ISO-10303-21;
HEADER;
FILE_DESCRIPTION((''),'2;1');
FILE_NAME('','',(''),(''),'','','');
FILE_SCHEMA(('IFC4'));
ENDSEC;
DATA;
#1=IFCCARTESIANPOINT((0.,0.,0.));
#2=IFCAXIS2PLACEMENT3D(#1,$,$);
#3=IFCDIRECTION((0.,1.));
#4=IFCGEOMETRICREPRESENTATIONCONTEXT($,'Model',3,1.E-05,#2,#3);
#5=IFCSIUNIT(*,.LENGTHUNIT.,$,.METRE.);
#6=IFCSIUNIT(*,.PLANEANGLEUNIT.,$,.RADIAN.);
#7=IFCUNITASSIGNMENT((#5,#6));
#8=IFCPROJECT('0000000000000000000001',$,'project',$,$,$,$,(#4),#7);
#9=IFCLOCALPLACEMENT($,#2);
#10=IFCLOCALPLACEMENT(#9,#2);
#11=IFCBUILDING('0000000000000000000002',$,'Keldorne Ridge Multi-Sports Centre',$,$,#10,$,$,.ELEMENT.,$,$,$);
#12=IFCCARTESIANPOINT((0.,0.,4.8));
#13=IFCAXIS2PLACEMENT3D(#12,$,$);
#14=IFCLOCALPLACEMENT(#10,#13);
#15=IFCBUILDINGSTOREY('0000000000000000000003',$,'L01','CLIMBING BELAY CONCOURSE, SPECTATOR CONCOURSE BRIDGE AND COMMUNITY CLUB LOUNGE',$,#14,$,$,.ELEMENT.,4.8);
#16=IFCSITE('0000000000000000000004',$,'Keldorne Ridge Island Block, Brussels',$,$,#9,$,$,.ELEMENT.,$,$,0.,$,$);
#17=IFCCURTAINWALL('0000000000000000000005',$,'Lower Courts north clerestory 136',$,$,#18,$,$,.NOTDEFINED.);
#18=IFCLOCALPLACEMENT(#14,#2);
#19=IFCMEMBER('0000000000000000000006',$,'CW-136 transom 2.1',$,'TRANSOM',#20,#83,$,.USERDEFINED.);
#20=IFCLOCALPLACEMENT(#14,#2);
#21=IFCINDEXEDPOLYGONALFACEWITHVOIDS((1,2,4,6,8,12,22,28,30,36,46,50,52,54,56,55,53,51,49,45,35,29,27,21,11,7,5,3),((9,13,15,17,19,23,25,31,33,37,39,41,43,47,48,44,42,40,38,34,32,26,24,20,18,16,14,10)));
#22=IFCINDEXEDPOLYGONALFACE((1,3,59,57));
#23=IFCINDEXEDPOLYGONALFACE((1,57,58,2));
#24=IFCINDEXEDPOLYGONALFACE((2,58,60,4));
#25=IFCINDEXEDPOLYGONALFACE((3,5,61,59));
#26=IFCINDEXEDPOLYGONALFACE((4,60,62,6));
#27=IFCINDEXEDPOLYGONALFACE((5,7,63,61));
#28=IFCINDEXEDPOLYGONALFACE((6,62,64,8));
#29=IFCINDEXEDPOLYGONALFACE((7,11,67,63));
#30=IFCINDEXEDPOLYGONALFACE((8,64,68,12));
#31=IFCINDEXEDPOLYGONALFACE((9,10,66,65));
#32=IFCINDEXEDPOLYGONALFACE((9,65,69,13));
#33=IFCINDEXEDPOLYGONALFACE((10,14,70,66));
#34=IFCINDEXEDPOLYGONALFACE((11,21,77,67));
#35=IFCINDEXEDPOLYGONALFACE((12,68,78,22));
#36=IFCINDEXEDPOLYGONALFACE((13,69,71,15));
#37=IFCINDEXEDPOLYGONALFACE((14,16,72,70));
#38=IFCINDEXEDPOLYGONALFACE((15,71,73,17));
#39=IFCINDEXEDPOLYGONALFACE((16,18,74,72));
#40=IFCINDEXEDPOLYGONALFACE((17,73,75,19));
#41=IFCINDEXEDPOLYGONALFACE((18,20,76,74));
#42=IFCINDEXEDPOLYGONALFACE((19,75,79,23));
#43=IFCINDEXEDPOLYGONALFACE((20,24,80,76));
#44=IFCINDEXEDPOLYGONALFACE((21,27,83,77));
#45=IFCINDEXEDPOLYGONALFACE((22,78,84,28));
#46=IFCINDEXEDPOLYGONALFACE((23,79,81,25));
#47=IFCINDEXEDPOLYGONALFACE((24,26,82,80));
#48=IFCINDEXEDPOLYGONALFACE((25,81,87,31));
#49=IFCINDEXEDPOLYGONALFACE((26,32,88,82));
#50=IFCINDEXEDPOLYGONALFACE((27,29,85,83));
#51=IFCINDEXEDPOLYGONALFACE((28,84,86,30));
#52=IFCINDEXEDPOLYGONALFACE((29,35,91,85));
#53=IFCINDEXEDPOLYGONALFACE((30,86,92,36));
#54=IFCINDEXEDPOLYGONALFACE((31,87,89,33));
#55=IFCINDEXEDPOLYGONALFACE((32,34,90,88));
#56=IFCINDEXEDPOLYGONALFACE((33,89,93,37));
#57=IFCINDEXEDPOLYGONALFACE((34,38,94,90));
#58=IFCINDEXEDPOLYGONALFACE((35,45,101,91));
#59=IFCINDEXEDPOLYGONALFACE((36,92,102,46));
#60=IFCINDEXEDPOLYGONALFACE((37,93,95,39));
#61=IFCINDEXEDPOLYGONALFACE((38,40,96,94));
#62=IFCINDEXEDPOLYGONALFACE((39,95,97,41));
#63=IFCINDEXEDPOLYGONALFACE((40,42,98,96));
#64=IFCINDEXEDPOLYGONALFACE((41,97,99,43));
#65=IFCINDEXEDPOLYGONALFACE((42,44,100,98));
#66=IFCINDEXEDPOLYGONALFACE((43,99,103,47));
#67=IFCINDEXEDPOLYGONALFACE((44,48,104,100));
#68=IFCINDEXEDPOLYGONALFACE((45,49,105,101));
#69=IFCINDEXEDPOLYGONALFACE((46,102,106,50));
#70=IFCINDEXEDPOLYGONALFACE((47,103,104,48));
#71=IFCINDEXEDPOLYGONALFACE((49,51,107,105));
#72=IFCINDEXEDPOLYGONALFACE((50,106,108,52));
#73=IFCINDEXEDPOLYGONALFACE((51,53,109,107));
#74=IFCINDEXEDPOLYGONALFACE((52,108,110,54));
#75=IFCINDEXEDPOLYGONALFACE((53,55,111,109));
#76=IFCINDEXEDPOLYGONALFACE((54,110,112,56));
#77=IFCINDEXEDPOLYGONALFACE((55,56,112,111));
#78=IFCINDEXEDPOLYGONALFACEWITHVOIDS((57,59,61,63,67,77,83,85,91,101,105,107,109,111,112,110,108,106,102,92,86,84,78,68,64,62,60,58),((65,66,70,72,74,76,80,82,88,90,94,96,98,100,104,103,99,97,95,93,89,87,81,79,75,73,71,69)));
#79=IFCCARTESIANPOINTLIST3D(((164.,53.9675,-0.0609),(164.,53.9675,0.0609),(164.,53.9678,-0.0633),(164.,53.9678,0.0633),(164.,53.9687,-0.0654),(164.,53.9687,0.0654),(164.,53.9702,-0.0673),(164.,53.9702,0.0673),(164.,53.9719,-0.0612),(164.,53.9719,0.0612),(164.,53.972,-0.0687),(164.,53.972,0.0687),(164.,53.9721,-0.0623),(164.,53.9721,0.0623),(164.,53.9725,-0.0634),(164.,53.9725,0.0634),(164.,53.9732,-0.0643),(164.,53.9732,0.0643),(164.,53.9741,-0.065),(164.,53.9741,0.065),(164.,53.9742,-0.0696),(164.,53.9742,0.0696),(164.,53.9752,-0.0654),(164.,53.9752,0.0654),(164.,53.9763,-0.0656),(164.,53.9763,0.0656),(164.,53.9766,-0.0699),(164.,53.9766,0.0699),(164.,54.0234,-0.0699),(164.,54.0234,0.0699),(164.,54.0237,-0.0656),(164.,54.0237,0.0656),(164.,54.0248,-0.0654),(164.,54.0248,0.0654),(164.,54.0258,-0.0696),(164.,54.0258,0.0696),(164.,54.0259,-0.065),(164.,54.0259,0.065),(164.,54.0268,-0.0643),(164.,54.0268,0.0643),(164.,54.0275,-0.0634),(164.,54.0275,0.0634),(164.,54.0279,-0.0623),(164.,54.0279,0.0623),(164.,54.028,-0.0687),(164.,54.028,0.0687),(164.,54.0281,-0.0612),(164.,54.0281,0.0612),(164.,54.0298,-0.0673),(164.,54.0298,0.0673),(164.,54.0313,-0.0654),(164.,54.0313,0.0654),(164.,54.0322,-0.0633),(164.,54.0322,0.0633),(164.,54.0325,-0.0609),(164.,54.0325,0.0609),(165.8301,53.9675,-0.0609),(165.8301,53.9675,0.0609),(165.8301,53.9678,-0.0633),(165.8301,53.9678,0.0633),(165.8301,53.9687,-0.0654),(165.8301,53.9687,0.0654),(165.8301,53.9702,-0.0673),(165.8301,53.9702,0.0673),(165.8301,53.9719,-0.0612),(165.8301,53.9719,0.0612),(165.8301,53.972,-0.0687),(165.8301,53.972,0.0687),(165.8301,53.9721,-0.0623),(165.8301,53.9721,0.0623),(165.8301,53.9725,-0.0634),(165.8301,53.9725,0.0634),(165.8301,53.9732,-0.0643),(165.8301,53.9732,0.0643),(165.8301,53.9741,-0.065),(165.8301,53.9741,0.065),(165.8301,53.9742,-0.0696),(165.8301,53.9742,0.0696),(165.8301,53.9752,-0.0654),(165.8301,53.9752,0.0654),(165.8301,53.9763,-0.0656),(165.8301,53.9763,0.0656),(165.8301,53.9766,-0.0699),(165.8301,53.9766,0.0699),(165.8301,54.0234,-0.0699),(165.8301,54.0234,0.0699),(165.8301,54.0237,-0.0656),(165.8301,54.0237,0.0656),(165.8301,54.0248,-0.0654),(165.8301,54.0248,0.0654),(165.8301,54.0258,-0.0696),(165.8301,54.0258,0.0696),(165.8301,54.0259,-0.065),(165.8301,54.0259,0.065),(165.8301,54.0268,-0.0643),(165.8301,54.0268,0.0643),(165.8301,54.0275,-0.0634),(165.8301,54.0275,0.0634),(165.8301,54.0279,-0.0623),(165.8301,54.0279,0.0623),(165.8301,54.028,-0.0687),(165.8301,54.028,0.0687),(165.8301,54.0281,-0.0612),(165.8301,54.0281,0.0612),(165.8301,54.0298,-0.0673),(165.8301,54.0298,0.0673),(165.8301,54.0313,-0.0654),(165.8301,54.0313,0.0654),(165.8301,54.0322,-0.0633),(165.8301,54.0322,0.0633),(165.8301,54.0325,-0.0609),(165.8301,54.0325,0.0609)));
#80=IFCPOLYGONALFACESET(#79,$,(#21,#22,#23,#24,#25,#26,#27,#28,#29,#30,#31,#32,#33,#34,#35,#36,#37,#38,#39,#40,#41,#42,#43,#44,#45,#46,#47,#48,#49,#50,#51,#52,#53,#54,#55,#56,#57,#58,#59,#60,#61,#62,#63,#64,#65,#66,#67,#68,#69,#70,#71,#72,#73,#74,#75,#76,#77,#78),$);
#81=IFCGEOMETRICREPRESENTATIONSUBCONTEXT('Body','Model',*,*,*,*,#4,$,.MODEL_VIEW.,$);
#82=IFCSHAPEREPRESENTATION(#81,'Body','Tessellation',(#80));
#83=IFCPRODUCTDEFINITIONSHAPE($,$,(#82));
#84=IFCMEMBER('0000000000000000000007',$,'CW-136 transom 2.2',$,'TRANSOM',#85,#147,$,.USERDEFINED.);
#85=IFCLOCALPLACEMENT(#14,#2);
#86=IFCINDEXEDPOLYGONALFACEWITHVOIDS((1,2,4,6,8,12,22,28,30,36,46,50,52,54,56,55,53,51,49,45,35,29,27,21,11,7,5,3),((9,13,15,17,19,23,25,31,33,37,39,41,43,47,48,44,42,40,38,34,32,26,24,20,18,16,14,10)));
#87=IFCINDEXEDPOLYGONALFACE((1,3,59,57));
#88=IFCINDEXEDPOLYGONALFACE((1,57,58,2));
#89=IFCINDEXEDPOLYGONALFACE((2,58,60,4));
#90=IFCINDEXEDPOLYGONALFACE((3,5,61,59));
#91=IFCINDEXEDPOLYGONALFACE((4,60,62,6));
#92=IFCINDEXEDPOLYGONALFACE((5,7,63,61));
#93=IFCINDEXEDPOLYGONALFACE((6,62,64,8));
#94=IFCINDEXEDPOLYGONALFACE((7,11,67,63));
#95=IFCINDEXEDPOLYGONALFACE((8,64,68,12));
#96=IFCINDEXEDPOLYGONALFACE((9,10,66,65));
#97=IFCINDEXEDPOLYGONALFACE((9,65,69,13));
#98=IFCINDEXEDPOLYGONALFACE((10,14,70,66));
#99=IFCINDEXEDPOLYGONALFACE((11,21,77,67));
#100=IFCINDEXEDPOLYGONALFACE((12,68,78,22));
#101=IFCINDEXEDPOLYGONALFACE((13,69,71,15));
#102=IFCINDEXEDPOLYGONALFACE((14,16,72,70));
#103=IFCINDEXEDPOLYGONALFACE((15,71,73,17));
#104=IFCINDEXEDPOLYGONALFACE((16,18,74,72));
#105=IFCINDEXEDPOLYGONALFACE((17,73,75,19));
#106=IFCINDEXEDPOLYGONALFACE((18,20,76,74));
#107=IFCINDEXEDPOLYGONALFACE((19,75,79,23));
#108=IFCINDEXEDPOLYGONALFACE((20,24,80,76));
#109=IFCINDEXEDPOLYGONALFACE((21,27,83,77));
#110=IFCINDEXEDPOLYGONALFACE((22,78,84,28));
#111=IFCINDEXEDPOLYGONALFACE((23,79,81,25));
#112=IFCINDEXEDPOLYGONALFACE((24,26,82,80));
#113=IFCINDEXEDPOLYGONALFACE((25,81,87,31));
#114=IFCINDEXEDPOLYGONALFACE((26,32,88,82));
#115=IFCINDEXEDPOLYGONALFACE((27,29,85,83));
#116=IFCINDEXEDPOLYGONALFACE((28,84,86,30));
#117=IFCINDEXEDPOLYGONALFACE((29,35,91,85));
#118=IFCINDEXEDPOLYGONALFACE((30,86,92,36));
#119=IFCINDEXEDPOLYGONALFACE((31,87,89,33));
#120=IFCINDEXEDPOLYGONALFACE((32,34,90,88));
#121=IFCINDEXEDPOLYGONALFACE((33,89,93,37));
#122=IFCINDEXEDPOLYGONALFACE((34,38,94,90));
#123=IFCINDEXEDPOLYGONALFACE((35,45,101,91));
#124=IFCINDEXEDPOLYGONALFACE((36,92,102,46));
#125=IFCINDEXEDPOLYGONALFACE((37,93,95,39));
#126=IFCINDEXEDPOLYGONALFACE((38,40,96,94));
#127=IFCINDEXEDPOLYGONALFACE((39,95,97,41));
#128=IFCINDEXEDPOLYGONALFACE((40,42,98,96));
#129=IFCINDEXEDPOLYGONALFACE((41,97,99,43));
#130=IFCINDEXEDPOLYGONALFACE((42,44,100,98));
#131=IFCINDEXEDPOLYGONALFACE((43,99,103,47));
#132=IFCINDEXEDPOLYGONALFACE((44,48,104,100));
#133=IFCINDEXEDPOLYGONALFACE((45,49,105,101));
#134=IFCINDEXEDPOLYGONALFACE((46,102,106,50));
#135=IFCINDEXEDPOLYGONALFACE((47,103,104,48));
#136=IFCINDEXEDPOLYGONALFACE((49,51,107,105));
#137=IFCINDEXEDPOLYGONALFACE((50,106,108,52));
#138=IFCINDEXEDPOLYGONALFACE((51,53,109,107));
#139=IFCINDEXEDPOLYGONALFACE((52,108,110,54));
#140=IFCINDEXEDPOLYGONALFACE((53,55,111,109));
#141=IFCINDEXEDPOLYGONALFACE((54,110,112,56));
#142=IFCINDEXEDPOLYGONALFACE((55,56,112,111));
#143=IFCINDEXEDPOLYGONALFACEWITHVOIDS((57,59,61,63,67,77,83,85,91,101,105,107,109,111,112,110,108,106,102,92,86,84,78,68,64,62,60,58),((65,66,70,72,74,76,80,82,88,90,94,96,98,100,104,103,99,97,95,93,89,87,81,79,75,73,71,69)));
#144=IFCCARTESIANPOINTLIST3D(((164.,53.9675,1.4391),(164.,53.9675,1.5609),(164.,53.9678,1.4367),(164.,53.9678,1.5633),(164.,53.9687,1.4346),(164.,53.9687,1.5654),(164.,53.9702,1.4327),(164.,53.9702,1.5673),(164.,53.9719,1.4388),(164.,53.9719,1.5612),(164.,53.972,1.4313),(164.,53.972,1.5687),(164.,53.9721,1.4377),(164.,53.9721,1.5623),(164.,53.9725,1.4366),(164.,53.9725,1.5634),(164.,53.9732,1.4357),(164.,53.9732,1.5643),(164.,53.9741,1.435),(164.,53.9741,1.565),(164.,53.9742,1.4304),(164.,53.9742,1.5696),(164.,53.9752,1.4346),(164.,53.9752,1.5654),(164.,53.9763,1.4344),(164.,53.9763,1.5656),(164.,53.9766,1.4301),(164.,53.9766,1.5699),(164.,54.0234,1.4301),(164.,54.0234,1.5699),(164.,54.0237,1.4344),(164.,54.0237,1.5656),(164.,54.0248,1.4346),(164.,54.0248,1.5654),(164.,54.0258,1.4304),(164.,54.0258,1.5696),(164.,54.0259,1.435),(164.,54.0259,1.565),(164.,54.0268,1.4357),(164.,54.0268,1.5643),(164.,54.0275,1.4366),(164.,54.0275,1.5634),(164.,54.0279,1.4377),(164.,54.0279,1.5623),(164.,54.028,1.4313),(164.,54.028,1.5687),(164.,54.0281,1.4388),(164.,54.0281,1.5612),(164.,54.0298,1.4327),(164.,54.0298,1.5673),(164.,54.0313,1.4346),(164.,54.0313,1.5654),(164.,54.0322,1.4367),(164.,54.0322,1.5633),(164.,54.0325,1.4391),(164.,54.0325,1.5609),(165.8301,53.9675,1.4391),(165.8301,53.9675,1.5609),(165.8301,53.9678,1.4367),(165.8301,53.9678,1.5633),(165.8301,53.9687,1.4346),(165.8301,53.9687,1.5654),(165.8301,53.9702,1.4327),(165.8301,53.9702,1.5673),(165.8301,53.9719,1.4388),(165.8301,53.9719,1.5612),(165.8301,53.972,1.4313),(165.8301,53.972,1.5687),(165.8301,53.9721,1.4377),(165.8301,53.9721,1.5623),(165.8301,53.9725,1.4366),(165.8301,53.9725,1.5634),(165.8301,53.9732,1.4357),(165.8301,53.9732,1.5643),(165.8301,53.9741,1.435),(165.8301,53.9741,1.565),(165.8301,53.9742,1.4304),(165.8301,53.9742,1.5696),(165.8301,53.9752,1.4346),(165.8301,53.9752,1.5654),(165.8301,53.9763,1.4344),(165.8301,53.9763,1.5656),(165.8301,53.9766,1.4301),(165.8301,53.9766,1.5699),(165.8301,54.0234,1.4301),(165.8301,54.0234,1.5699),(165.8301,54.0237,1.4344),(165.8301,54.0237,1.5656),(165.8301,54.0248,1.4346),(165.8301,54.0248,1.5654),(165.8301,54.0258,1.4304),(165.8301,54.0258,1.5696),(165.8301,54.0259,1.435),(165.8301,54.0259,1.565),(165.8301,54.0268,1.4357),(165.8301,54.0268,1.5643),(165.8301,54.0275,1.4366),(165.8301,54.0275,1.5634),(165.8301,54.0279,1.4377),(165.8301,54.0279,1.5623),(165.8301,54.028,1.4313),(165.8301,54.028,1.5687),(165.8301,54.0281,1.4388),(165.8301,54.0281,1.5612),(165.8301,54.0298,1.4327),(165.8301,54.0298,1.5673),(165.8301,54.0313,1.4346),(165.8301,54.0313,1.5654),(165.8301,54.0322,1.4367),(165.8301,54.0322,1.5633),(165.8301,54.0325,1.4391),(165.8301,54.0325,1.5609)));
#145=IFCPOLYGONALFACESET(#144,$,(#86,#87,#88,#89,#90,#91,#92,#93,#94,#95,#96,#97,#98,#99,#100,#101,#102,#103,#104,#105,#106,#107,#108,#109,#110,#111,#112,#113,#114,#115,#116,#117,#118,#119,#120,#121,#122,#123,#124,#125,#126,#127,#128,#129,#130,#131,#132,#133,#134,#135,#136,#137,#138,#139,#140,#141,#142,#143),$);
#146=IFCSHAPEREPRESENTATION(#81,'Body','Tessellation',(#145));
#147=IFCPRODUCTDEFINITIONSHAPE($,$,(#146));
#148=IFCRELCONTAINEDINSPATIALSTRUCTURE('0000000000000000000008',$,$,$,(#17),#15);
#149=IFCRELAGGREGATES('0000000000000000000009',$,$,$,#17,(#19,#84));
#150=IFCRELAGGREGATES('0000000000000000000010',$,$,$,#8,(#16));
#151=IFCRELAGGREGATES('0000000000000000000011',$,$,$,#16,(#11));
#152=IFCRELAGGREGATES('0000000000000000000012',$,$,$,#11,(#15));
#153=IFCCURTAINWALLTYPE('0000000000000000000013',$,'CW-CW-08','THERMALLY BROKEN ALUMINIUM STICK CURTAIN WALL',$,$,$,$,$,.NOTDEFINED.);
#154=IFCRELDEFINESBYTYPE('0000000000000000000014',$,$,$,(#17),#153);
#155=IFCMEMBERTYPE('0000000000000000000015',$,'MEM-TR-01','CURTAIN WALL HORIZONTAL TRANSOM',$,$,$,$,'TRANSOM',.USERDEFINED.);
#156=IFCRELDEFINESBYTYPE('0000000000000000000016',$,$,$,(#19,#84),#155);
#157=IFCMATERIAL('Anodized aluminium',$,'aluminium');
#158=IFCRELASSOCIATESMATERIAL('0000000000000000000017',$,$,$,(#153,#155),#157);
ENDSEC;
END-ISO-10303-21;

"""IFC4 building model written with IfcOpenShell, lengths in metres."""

from ifc_helpers import new_model, si_unit, direction, frame, origin, origin_2d, place, context, subcontext, project, spatial, hollow_rectangle, extrude, material, material_profile, profile_set, type_object, element, aggregate, save


model = new_model("IFC4")

# Units and contexts
model_context = context("Model", 3, precision=1e-05, world=origin(), true_north=direction((0.0, 1.0)))
body_context = subcontext(model_context, "Body", "Model", "MODEL_VIEW")
ifc_project = project(units=[si_unit("LENGTHUNIT", "METRE"), si_unit("PLANEANGLEUNIT", "RADIAN")], contexts=[model_context])

# Site, building, storey
site_placement = place(None, origin())
site = spatial("IfcSite", under=ifc_project, at=site_placement, Name="Keldorne Ridge Island Block, Brussels", CompositionType="ELEMENT", RefElevation=0.0)
building_placement = place(site_placement, origin())
building = spatial("IfcBuilding", under=site, at=building_placement, Name="Keldorne Ridge Multi-Sports Centre", CompositionType="ELEMENT")
storey_placement = place(building_placement, frame((0.0, 0.0, 4.8)))
storey = spatial("IfcBuildingStorey", under=building, at=storey_placement, Name="L01", Description="CLIMBING BELAY CONCOURSE, SPECTATOR CONCOURSE BRIDGE AND COMMUNITY CLUB LOUNGE", CompositionType="ELEMENT", Elevation=4.8)

# Curtain wall
ifc_material_1 = material(Name="Anodized aluminium", Category="aluminium")
curtain_wall_type = type_object("IfcCurtainWallType", Name="CW-CW-08", Description="THERMALLY BROKEN ALUMINIUM STICK CURTAIN WALL", PredefinedType="NOTDEFINED", material=ifc_material_1)
curtain_wall_placement = place(storey_placement, origin())
curtain_wall = element("IfcCurtainWall", 1, at=curtain_wall_placement, inside=storey, type_object=curtain_wall_type, Name="Lower Courts north clerestory 136", PredefinedType="NOTDEFINED")

# Members
ifc_material_profile_1 = material_profile(ifc_material_1, hollow_rectangle(XDim=0.0649, YDim=0.1399, WallThickness=0.0044, InnerFilletRadius=0.0044, OuterFilletRadius=0.009, at=origin_2d()), Name="ALU TRANSOM 140x65x4.5")
ifc_profile_set_1 = profile_set([ifc_material_profile_1], Name="Anodized aluminium")
member_type_1 = type_object("IfcMemberType", Name="MEM-TR-01", Description="CURTAIN WALL HORIZONTAL TRANSOM", ElementType="TRANSOM", PredefinedType="USERDEFINED", material=ifc_profile_set_1)
member_1_placement = place(storey_placement, frame((165.8301, 54.0, 0.0), z_axis=(-1.0, 0.0, 0.0), x_axis=(0.0, -1.0, 0.0)))
member_1 = element("IfcMember", 2, at=member_1_placement, type_object=member_type_1, Name="CW-136 transom 2.1", ObjectType="TRANSOM", PredefinedType="USERDEFINED", context=body_context, shape_type="SweptSolid", body=[
    extrude(hollow_rectangle(XDim=0.0649, YDim=0.1399, WallThickness=0.0044, InnerFilletRadius=0.0044, OuterFilletRadius=0.009, at=origin_2d()), origin(), (0.0, 0.0, 1.0), 1.8301),
])
member_2_placement = place(storey_placement, frame((165.8301, 54.0, 1.5), z_axis=(-1.0, 0.0, 0.0), x_axis=(0.0, -1.0, 0.0)))
member_2 = element("IfcMember", 3, at=member_2_placement, type_object=member_type_1, Name="CW-136 transom 2.2", ObjectType="TRANSOM", PredefinedType="USERDEFINED", context=body_context, shape_type="SweptSolid", body=[
    extrude(hollow_rectangle(XDim=0.0649, YDim=0.1399, WallThickness=0.0044, InnerFilletRadius=0.0044, OuterFilletRadius=0.009, at=origin_2d()), origin(), (0.0, 0.0, 1.0), 1.8301),
])

aggregate(curtain_wall, [member_1, member_2])

save(model, "model.ifc")
